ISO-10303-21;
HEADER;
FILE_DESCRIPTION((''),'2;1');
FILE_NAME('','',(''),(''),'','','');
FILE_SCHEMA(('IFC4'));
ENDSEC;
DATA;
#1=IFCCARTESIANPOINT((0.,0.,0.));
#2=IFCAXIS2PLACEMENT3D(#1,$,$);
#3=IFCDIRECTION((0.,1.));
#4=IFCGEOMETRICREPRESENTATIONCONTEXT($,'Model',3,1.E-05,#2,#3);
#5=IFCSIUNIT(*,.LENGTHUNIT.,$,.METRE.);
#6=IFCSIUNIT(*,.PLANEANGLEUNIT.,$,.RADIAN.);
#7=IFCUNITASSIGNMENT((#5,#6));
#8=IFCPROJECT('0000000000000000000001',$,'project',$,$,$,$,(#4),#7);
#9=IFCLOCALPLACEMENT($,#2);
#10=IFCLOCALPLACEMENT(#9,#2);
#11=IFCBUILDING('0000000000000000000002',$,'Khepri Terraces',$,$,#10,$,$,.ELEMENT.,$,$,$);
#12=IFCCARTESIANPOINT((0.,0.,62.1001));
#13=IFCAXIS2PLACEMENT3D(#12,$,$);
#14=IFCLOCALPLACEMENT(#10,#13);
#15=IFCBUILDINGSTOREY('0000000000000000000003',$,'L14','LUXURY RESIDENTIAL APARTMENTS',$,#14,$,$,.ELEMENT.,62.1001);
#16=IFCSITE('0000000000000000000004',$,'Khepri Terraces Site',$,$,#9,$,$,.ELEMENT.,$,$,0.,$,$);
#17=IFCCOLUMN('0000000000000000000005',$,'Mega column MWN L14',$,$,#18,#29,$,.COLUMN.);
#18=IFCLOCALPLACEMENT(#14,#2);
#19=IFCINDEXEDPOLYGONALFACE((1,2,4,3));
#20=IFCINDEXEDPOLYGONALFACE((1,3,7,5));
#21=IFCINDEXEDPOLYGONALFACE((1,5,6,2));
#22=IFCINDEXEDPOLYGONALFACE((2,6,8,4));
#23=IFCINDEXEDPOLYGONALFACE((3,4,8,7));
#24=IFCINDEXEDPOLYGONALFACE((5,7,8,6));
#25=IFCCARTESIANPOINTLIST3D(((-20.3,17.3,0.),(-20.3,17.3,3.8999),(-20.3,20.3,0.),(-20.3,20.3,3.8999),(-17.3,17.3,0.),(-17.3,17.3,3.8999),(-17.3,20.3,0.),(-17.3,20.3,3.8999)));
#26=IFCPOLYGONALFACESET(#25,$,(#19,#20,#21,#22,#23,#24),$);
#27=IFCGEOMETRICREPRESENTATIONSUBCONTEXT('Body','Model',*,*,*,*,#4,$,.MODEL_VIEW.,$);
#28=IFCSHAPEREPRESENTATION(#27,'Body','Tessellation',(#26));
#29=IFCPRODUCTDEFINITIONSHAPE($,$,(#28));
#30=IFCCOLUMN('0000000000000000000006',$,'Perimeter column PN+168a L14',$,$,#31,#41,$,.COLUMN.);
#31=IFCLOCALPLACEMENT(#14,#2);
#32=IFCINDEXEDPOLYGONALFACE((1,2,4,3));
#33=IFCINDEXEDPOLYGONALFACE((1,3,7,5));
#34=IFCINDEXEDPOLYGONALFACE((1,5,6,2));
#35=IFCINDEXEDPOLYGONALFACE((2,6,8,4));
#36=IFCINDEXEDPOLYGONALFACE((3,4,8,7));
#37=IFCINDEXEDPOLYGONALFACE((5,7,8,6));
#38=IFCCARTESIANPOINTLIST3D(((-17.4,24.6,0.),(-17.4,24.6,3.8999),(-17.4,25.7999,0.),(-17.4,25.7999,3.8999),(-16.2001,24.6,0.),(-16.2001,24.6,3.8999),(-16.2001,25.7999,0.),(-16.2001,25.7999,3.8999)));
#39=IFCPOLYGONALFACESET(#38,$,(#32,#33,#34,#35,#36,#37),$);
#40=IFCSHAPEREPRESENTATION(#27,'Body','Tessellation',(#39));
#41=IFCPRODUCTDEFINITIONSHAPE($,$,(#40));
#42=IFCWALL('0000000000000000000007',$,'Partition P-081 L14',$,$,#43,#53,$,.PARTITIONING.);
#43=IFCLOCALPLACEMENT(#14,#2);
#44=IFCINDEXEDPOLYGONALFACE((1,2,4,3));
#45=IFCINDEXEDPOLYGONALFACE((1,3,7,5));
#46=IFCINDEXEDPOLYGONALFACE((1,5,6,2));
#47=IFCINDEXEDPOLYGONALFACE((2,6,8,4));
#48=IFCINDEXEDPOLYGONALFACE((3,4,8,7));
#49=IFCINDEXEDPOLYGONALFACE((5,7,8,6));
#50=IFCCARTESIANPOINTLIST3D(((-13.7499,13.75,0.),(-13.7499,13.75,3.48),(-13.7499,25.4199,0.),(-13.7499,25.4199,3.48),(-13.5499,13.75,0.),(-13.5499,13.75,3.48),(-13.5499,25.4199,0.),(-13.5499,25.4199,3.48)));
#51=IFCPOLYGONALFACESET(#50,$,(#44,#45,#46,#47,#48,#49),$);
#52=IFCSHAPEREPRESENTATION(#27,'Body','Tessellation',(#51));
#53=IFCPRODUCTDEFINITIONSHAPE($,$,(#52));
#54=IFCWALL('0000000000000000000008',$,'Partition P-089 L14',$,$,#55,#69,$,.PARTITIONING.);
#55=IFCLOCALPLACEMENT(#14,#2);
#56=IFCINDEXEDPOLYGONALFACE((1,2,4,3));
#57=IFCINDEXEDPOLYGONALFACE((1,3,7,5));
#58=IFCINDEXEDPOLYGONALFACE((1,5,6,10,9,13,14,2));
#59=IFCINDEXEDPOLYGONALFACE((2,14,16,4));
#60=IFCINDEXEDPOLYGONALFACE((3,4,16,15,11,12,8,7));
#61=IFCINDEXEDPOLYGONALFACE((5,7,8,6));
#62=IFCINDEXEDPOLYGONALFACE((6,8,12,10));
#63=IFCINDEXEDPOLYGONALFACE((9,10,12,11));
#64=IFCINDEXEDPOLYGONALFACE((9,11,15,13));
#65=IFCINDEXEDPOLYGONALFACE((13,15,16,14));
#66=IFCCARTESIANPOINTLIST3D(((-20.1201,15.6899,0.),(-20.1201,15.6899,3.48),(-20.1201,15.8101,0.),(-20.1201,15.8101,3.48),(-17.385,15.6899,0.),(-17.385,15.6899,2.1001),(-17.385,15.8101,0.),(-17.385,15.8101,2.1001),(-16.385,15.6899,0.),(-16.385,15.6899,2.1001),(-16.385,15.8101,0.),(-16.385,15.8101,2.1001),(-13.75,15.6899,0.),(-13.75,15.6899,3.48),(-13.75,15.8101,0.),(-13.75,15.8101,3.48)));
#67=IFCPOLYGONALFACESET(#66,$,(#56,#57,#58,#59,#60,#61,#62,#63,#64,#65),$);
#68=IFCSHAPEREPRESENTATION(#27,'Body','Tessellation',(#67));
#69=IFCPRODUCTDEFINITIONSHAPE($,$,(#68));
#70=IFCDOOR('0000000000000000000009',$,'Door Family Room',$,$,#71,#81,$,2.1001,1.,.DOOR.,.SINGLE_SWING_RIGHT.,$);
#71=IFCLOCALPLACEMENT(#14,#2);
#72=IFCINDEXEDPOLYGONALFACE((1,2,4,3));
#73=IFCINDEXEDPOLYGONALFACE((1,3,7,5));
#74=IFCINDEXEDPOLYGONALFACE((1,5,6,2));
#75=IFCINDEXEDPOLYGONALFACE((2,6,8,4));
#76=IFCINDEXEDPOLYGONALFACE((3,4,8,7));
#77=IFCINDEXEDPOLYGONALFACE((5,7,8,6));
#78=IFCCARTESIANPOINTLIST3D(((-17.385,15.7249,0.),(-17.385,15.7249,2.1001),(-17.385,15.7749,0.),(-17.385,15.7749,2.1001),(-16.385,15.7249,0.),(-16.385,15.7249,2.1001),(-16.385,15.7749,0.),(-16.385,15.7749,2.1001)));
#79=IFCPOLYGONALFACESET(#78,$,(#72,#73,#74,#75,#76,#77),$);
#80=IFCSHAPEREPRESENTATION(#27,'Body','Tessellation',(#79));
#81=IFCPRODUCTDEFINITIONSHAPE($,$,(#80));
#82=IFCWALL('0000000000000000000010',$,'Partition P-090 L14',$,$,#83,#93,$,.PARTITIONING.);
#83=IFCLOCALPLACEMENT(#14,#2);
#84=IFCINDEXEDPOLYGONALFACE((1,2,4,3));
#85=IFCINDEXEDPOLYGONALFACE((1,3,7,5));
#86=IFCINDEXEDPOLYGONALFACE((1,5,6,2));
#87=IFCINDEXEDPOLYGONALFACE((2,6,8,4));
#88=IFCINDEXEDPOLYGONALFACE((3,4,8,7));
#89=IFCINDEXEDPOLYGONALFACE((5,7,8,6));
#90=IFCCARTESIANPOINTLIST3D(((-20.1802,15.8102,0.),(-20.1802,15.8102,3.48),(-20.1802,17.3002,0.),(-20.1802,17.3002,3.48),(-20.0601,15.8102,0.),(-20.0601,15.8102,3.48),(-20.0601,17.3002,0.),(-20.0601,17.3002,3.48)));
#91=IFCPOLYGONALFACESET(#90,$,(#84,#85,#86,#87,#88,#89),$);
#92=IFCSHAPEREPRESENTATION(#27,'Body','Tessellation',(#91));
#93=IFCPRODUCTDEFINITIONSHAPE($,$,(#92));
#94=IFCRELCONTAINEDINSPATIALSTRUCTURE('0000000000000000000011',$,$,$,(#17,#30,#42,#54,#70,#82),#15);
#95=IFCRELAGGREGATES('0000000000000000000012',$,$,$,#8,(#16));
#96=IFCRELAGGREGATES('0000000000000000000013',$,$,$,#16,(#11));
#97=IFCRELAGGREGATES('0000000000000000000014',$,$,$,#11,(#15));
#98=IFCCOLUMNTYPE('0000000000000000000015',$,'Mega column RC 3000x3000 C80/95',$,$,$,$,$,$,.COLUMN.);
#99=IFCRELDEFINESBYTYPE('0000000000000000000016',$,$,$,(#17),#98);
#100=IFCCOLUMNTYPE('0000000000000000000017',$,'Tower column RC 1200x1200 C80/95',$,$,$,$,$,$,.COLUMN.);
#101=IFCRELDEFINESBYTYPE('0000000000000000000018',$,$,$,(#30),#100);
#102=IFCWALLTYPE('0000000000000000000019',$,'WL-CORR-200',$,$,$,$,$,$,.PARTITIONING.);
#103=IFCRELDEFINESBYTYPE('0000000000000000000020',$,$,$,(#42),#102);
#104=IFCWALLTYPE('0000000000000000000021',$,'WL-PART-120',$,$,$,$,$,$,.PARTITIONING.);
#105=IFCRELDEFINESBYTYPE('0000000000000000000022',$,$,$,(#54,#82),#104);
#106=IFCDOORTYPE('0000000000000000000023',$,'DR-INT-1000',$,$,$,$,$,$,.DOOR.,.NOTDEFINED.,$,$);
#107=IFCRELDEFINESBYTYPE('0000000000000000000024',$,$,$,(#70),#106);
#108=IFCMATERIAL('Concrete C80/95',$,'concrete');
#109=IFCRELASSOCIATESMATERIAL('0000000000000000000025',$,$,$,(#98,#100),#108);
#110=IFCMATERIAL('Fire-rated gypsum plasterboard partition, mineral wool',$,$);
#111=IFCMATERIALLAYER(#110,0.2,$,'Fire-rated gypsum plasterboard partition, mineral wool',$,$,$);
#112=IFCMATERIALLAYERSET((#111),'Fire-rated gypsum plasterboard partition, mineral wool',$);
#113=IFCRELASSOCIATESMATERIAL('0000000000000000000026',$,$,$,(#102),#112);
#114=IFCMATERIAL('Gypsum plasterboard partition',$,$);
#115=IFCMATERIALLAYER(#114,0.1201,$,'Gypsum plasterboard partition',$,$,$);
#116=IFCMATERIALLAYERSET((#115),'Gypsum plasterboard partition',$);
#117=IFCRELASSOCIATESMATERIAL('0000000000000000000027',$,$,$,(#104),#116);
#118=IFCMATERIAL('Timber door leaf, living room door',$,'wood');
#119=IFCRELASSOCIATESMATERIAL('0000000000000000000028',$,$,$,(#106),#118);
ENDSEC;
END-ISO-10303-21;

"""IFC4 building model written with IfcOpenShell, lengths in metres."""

from ifc_helpers import new_model, si_unit, direction, frame, frame_2d, origin, origin_2d, place, context, subcontext, project, spatial, rectangle, extrude, material, layer, layer_set, material_profile, profile_set, type_object, element, fill, save


model = new_model("IFC4")

# Units and contexts
model_context = context("Model", 3, precision=1e-05, world=origin(), true_north=direction((0.0, 1.0)))
body_context = subcontext(model_context, "Body", "Model", "MODEL_VIEW")
ifc_project = project(units=[si_unit("LENGTHUNIT", "METRE"), si_unit("PLANEANGLEUNIT", "RADIAN")], contexts=[model_context])

# Site, building, storey
site_placement = place(None, origin())
site = spatial("IfcSite", under=ifc_project, at=site_placement, Name="Khepri Terraces Site", CompositionType="ELEMENT", RefElevation=0.0)
building_placement = place(site_placement, origin())
building = spatial("IfcBuilding", under=site, at=building_placement, Name="Khepri Terraces", CompositionType="ELEMENT")
storey_placement = place(building_placement, frame((0.0, 0.0, 62.1001)))
storey = spatial("IfcBuildingStorey", under=building, at=storey_placement, Name="L14", Description="LUXURY RESIDENTIAL APARTMENTS", CompositionType="ELEMENT", Elevation=62.1001)

# Columns
ifc_material_1 = material(Name="Concrete C80/95", Category="concrete")
ifc_material_profile_1 = material_profile(ifc_material_1, rectangle(XDim=3.0, YDim=3.0, at=origin_2d()), Name="Concrete C80/95", Category="concrete")
ifc_profile_set_1 = profile_set([ifc_material_profile_1], Name="Concrete C80/95")
column_type_1 = type_object("IfcColumnType", Name="Mega column RC 3000x3000 C80/95", PredefinedType="COLUMN", material=ifc_profile_set_1)
column_1_placement = place(storey_placement, frame((-18.8, 18.8, 0.0), z_axis=(0.0, 0.0, 1.0), x_axis=(1.0, 0.0, 0.0)))
element("IfcColumn", 1, at=column_1_placement, inside=storey, type_object=column_type_1, Name="Mega column MWN L14", PredefinedType="COLUMN", context=body_context, shape_type="SweptSolid", body=[
    extrude(rectangle(XDim=3.0, YDim=3.0, at=origin_2d()), origin(), (0.0, 0.0, 1.0), 3.8999),
])
ifc_material_profile_2 = material_profile(ifc_material_1, rectangle(XDim=1.2, YDim=1.2, at=origin_2d()), Name="Concrete C80/95", Category="concrete")
ifc_profile_set_2 = profile_set([ifc_material_profile_2], Name="Concrete C80/95")
column_type_2 = type_object("IfcColumnType", Name="Tower column RC 1200x1200 C80/95", PredefinedType="COLUMN", material=ifc_profile_set_2)
column_2_placement = place(storey_placement, frame((-16.8, 25.2, 0.0), z_axis=(0.0, 0.0, 1.0), x_axis=(1.0, 0.0, 0.0)))
element("IfcColumn", 2, at=column_2_placement, inside=storey, type_object=column_type_2, Name="Perimeter column PN+168a L14", PredefinedType="COLUMN", context=body_context, shape_type="SweptSolid", body=[
    extrude(rectangle(XDim=1.2, YDim=1.2, at=origin_2d()), origin(), (0.0, 0.0, 1.0), 3.8999),
])

# Wall
ifc_material_2 = material(Name="Fire-rated gypsum plasterboard partition, mineral wool")
ifc_layer_1 = layer(ifc_material_2, 0.2, Name="Fire-rated gypsum plasterboard partition, mineral wool")
ifc_layer_set_1 = layer_set([ifc_layer_1], Name="Fire-rated gypsum plasterboard partition, mineral wool")
wall_type_1 = type_object("IfcWallType", Name="WL-CORR-200", PredefinedType="PARTITIONING", material=ifc_layer_set_1)
wall_1_placement = place(storey_placement, frame((-13.6499, 13.75, 0.0), z_axis=(0.0, 0.0, 1.0), x_axis=(0.0, 1.0, 0.0)))
element("IfcWall", 3, at=wall_1_placement, inside=storey, type_object=wall_type_1, Name="Partition P-081 L14", PredefinedType="PARTITIONING", context=body_context, shape_type="SweptSolid", body=[
    extrude(rectangle(XDim=11.6699, YDim=0.2, at=frame_2d((5.835, 0.0))), origin(), (0.0, 0.0, 1.0), 3.48),
])

# Wall, opening, door
ifc_material_3 = material(Name="Gypsum plasterboard partition")
ifc_layer_2 = layer(ifc_material_3, 0.1201, Name="Gypsum plasterboard partition")
ifc_layer_set_2 = layer_set([ifc_layer_2], Name="Gypsum plasterboard partition")
wall_type_2 = type_object("IfcWallType", Name="WL-PART-120", PredefinedType="PARTITIONING", material=ifc_layer_set_2)
wall_2_placement = place(storey_placement, frame((-20.1201, 15.75, 0.0), z_axis=(0.0, 0.0, 1.0), x_axis=(1.0, 0.0, 0.0)))
wall_2 = element("IfcWall", 4, at=wall_2_placement, inside=storey, type_object=wall_type_2, Name="Partition P-089 L14", PredefinedType="PARTITIONING", context=body_context, shape_type="SweptSolid", body=[
    extrude(rectangle(XDim=6.3701, YDim=0.1201, at=frame_2d((3.1851, 0.0))), origin(), (0.0, 0.0, 1.0), 3.48),
])
opening_1_placement = place(wall_2_placement, frame((2.7351, 0.0, 0.0)))
opening_1 = element("IfcOpeningElement", 5, at=opening_1_placement, cuts=wall_2, PredefinedType="OPENING", context=body_context, shape_type="SweptSolid", body=[
    extrude(rectangle(XDim=1.0, YDim=2.1001, at=frame_2d((0.5, 1.05))), frame((0.0, 0.0701, 0.0), z_axis=(0.0, -1.0, 0.0), x_axis=(1.0, 0.0, 0.0)), (0.0, 0.0, 1.0), 0.1401),
])
ifc_material_4 = material(Name="Timber door leaf, living room door", Category="wood")
door_type_1 = type_object("IfcDoorType", Name="DR-INT-1000", OperationType="NOTDEFINED", PredefinedType="DOOR", material=ifc_material_4)
door_1_placement = place(opening_1_placement, origin())
door_1 = element("IfcDoor", 6, at=door_1_placement, inside=storey, type_object=door_type_1, Name="Door Family Room", OperationType="SINGLE_SWING_RIGHT", OverallHeight=2.1001, OverallWidth=1.0, PredefinedType="DOOR", context=body_context, shape_type="SweptSolid", body=[
    extrude(rectangle(XDim=1.0, YDim=2.1001, at=frame_2d((0.5, 1.05))), frame((0.0, 0.0249, 0.0), z_axis=(0.0, -1.0, 0.0), x_axis=(1.0, 0.0, 0.0)), (0.0, 0.0, 1.0), 0.05),
])
fill(opening_1, door_1)

# Wall
wall_3_placement = place(storey_placement, frame((-20.1201, 15.8101, 0.0), z_axis=(0.0, 0.0, 1.0), x_axis=(0.0, 1.0, 0.0)))
element("IfcWall", 7, at=wall_3_placement, inside=storey, type_object=wall_type_2, Name="Partition P-090 L14", PredefinedType="PARTITIONING", context=body_context, shape_type="SweptSolid", body=[
    extrude(rectangle(XDim=1.49, YDim=0.1201, at=frame_2d((0.7451, 0.0))), origin(), (0.0, 0.0, 1.0), 3.48),
])

save(model, "model.ifc")
